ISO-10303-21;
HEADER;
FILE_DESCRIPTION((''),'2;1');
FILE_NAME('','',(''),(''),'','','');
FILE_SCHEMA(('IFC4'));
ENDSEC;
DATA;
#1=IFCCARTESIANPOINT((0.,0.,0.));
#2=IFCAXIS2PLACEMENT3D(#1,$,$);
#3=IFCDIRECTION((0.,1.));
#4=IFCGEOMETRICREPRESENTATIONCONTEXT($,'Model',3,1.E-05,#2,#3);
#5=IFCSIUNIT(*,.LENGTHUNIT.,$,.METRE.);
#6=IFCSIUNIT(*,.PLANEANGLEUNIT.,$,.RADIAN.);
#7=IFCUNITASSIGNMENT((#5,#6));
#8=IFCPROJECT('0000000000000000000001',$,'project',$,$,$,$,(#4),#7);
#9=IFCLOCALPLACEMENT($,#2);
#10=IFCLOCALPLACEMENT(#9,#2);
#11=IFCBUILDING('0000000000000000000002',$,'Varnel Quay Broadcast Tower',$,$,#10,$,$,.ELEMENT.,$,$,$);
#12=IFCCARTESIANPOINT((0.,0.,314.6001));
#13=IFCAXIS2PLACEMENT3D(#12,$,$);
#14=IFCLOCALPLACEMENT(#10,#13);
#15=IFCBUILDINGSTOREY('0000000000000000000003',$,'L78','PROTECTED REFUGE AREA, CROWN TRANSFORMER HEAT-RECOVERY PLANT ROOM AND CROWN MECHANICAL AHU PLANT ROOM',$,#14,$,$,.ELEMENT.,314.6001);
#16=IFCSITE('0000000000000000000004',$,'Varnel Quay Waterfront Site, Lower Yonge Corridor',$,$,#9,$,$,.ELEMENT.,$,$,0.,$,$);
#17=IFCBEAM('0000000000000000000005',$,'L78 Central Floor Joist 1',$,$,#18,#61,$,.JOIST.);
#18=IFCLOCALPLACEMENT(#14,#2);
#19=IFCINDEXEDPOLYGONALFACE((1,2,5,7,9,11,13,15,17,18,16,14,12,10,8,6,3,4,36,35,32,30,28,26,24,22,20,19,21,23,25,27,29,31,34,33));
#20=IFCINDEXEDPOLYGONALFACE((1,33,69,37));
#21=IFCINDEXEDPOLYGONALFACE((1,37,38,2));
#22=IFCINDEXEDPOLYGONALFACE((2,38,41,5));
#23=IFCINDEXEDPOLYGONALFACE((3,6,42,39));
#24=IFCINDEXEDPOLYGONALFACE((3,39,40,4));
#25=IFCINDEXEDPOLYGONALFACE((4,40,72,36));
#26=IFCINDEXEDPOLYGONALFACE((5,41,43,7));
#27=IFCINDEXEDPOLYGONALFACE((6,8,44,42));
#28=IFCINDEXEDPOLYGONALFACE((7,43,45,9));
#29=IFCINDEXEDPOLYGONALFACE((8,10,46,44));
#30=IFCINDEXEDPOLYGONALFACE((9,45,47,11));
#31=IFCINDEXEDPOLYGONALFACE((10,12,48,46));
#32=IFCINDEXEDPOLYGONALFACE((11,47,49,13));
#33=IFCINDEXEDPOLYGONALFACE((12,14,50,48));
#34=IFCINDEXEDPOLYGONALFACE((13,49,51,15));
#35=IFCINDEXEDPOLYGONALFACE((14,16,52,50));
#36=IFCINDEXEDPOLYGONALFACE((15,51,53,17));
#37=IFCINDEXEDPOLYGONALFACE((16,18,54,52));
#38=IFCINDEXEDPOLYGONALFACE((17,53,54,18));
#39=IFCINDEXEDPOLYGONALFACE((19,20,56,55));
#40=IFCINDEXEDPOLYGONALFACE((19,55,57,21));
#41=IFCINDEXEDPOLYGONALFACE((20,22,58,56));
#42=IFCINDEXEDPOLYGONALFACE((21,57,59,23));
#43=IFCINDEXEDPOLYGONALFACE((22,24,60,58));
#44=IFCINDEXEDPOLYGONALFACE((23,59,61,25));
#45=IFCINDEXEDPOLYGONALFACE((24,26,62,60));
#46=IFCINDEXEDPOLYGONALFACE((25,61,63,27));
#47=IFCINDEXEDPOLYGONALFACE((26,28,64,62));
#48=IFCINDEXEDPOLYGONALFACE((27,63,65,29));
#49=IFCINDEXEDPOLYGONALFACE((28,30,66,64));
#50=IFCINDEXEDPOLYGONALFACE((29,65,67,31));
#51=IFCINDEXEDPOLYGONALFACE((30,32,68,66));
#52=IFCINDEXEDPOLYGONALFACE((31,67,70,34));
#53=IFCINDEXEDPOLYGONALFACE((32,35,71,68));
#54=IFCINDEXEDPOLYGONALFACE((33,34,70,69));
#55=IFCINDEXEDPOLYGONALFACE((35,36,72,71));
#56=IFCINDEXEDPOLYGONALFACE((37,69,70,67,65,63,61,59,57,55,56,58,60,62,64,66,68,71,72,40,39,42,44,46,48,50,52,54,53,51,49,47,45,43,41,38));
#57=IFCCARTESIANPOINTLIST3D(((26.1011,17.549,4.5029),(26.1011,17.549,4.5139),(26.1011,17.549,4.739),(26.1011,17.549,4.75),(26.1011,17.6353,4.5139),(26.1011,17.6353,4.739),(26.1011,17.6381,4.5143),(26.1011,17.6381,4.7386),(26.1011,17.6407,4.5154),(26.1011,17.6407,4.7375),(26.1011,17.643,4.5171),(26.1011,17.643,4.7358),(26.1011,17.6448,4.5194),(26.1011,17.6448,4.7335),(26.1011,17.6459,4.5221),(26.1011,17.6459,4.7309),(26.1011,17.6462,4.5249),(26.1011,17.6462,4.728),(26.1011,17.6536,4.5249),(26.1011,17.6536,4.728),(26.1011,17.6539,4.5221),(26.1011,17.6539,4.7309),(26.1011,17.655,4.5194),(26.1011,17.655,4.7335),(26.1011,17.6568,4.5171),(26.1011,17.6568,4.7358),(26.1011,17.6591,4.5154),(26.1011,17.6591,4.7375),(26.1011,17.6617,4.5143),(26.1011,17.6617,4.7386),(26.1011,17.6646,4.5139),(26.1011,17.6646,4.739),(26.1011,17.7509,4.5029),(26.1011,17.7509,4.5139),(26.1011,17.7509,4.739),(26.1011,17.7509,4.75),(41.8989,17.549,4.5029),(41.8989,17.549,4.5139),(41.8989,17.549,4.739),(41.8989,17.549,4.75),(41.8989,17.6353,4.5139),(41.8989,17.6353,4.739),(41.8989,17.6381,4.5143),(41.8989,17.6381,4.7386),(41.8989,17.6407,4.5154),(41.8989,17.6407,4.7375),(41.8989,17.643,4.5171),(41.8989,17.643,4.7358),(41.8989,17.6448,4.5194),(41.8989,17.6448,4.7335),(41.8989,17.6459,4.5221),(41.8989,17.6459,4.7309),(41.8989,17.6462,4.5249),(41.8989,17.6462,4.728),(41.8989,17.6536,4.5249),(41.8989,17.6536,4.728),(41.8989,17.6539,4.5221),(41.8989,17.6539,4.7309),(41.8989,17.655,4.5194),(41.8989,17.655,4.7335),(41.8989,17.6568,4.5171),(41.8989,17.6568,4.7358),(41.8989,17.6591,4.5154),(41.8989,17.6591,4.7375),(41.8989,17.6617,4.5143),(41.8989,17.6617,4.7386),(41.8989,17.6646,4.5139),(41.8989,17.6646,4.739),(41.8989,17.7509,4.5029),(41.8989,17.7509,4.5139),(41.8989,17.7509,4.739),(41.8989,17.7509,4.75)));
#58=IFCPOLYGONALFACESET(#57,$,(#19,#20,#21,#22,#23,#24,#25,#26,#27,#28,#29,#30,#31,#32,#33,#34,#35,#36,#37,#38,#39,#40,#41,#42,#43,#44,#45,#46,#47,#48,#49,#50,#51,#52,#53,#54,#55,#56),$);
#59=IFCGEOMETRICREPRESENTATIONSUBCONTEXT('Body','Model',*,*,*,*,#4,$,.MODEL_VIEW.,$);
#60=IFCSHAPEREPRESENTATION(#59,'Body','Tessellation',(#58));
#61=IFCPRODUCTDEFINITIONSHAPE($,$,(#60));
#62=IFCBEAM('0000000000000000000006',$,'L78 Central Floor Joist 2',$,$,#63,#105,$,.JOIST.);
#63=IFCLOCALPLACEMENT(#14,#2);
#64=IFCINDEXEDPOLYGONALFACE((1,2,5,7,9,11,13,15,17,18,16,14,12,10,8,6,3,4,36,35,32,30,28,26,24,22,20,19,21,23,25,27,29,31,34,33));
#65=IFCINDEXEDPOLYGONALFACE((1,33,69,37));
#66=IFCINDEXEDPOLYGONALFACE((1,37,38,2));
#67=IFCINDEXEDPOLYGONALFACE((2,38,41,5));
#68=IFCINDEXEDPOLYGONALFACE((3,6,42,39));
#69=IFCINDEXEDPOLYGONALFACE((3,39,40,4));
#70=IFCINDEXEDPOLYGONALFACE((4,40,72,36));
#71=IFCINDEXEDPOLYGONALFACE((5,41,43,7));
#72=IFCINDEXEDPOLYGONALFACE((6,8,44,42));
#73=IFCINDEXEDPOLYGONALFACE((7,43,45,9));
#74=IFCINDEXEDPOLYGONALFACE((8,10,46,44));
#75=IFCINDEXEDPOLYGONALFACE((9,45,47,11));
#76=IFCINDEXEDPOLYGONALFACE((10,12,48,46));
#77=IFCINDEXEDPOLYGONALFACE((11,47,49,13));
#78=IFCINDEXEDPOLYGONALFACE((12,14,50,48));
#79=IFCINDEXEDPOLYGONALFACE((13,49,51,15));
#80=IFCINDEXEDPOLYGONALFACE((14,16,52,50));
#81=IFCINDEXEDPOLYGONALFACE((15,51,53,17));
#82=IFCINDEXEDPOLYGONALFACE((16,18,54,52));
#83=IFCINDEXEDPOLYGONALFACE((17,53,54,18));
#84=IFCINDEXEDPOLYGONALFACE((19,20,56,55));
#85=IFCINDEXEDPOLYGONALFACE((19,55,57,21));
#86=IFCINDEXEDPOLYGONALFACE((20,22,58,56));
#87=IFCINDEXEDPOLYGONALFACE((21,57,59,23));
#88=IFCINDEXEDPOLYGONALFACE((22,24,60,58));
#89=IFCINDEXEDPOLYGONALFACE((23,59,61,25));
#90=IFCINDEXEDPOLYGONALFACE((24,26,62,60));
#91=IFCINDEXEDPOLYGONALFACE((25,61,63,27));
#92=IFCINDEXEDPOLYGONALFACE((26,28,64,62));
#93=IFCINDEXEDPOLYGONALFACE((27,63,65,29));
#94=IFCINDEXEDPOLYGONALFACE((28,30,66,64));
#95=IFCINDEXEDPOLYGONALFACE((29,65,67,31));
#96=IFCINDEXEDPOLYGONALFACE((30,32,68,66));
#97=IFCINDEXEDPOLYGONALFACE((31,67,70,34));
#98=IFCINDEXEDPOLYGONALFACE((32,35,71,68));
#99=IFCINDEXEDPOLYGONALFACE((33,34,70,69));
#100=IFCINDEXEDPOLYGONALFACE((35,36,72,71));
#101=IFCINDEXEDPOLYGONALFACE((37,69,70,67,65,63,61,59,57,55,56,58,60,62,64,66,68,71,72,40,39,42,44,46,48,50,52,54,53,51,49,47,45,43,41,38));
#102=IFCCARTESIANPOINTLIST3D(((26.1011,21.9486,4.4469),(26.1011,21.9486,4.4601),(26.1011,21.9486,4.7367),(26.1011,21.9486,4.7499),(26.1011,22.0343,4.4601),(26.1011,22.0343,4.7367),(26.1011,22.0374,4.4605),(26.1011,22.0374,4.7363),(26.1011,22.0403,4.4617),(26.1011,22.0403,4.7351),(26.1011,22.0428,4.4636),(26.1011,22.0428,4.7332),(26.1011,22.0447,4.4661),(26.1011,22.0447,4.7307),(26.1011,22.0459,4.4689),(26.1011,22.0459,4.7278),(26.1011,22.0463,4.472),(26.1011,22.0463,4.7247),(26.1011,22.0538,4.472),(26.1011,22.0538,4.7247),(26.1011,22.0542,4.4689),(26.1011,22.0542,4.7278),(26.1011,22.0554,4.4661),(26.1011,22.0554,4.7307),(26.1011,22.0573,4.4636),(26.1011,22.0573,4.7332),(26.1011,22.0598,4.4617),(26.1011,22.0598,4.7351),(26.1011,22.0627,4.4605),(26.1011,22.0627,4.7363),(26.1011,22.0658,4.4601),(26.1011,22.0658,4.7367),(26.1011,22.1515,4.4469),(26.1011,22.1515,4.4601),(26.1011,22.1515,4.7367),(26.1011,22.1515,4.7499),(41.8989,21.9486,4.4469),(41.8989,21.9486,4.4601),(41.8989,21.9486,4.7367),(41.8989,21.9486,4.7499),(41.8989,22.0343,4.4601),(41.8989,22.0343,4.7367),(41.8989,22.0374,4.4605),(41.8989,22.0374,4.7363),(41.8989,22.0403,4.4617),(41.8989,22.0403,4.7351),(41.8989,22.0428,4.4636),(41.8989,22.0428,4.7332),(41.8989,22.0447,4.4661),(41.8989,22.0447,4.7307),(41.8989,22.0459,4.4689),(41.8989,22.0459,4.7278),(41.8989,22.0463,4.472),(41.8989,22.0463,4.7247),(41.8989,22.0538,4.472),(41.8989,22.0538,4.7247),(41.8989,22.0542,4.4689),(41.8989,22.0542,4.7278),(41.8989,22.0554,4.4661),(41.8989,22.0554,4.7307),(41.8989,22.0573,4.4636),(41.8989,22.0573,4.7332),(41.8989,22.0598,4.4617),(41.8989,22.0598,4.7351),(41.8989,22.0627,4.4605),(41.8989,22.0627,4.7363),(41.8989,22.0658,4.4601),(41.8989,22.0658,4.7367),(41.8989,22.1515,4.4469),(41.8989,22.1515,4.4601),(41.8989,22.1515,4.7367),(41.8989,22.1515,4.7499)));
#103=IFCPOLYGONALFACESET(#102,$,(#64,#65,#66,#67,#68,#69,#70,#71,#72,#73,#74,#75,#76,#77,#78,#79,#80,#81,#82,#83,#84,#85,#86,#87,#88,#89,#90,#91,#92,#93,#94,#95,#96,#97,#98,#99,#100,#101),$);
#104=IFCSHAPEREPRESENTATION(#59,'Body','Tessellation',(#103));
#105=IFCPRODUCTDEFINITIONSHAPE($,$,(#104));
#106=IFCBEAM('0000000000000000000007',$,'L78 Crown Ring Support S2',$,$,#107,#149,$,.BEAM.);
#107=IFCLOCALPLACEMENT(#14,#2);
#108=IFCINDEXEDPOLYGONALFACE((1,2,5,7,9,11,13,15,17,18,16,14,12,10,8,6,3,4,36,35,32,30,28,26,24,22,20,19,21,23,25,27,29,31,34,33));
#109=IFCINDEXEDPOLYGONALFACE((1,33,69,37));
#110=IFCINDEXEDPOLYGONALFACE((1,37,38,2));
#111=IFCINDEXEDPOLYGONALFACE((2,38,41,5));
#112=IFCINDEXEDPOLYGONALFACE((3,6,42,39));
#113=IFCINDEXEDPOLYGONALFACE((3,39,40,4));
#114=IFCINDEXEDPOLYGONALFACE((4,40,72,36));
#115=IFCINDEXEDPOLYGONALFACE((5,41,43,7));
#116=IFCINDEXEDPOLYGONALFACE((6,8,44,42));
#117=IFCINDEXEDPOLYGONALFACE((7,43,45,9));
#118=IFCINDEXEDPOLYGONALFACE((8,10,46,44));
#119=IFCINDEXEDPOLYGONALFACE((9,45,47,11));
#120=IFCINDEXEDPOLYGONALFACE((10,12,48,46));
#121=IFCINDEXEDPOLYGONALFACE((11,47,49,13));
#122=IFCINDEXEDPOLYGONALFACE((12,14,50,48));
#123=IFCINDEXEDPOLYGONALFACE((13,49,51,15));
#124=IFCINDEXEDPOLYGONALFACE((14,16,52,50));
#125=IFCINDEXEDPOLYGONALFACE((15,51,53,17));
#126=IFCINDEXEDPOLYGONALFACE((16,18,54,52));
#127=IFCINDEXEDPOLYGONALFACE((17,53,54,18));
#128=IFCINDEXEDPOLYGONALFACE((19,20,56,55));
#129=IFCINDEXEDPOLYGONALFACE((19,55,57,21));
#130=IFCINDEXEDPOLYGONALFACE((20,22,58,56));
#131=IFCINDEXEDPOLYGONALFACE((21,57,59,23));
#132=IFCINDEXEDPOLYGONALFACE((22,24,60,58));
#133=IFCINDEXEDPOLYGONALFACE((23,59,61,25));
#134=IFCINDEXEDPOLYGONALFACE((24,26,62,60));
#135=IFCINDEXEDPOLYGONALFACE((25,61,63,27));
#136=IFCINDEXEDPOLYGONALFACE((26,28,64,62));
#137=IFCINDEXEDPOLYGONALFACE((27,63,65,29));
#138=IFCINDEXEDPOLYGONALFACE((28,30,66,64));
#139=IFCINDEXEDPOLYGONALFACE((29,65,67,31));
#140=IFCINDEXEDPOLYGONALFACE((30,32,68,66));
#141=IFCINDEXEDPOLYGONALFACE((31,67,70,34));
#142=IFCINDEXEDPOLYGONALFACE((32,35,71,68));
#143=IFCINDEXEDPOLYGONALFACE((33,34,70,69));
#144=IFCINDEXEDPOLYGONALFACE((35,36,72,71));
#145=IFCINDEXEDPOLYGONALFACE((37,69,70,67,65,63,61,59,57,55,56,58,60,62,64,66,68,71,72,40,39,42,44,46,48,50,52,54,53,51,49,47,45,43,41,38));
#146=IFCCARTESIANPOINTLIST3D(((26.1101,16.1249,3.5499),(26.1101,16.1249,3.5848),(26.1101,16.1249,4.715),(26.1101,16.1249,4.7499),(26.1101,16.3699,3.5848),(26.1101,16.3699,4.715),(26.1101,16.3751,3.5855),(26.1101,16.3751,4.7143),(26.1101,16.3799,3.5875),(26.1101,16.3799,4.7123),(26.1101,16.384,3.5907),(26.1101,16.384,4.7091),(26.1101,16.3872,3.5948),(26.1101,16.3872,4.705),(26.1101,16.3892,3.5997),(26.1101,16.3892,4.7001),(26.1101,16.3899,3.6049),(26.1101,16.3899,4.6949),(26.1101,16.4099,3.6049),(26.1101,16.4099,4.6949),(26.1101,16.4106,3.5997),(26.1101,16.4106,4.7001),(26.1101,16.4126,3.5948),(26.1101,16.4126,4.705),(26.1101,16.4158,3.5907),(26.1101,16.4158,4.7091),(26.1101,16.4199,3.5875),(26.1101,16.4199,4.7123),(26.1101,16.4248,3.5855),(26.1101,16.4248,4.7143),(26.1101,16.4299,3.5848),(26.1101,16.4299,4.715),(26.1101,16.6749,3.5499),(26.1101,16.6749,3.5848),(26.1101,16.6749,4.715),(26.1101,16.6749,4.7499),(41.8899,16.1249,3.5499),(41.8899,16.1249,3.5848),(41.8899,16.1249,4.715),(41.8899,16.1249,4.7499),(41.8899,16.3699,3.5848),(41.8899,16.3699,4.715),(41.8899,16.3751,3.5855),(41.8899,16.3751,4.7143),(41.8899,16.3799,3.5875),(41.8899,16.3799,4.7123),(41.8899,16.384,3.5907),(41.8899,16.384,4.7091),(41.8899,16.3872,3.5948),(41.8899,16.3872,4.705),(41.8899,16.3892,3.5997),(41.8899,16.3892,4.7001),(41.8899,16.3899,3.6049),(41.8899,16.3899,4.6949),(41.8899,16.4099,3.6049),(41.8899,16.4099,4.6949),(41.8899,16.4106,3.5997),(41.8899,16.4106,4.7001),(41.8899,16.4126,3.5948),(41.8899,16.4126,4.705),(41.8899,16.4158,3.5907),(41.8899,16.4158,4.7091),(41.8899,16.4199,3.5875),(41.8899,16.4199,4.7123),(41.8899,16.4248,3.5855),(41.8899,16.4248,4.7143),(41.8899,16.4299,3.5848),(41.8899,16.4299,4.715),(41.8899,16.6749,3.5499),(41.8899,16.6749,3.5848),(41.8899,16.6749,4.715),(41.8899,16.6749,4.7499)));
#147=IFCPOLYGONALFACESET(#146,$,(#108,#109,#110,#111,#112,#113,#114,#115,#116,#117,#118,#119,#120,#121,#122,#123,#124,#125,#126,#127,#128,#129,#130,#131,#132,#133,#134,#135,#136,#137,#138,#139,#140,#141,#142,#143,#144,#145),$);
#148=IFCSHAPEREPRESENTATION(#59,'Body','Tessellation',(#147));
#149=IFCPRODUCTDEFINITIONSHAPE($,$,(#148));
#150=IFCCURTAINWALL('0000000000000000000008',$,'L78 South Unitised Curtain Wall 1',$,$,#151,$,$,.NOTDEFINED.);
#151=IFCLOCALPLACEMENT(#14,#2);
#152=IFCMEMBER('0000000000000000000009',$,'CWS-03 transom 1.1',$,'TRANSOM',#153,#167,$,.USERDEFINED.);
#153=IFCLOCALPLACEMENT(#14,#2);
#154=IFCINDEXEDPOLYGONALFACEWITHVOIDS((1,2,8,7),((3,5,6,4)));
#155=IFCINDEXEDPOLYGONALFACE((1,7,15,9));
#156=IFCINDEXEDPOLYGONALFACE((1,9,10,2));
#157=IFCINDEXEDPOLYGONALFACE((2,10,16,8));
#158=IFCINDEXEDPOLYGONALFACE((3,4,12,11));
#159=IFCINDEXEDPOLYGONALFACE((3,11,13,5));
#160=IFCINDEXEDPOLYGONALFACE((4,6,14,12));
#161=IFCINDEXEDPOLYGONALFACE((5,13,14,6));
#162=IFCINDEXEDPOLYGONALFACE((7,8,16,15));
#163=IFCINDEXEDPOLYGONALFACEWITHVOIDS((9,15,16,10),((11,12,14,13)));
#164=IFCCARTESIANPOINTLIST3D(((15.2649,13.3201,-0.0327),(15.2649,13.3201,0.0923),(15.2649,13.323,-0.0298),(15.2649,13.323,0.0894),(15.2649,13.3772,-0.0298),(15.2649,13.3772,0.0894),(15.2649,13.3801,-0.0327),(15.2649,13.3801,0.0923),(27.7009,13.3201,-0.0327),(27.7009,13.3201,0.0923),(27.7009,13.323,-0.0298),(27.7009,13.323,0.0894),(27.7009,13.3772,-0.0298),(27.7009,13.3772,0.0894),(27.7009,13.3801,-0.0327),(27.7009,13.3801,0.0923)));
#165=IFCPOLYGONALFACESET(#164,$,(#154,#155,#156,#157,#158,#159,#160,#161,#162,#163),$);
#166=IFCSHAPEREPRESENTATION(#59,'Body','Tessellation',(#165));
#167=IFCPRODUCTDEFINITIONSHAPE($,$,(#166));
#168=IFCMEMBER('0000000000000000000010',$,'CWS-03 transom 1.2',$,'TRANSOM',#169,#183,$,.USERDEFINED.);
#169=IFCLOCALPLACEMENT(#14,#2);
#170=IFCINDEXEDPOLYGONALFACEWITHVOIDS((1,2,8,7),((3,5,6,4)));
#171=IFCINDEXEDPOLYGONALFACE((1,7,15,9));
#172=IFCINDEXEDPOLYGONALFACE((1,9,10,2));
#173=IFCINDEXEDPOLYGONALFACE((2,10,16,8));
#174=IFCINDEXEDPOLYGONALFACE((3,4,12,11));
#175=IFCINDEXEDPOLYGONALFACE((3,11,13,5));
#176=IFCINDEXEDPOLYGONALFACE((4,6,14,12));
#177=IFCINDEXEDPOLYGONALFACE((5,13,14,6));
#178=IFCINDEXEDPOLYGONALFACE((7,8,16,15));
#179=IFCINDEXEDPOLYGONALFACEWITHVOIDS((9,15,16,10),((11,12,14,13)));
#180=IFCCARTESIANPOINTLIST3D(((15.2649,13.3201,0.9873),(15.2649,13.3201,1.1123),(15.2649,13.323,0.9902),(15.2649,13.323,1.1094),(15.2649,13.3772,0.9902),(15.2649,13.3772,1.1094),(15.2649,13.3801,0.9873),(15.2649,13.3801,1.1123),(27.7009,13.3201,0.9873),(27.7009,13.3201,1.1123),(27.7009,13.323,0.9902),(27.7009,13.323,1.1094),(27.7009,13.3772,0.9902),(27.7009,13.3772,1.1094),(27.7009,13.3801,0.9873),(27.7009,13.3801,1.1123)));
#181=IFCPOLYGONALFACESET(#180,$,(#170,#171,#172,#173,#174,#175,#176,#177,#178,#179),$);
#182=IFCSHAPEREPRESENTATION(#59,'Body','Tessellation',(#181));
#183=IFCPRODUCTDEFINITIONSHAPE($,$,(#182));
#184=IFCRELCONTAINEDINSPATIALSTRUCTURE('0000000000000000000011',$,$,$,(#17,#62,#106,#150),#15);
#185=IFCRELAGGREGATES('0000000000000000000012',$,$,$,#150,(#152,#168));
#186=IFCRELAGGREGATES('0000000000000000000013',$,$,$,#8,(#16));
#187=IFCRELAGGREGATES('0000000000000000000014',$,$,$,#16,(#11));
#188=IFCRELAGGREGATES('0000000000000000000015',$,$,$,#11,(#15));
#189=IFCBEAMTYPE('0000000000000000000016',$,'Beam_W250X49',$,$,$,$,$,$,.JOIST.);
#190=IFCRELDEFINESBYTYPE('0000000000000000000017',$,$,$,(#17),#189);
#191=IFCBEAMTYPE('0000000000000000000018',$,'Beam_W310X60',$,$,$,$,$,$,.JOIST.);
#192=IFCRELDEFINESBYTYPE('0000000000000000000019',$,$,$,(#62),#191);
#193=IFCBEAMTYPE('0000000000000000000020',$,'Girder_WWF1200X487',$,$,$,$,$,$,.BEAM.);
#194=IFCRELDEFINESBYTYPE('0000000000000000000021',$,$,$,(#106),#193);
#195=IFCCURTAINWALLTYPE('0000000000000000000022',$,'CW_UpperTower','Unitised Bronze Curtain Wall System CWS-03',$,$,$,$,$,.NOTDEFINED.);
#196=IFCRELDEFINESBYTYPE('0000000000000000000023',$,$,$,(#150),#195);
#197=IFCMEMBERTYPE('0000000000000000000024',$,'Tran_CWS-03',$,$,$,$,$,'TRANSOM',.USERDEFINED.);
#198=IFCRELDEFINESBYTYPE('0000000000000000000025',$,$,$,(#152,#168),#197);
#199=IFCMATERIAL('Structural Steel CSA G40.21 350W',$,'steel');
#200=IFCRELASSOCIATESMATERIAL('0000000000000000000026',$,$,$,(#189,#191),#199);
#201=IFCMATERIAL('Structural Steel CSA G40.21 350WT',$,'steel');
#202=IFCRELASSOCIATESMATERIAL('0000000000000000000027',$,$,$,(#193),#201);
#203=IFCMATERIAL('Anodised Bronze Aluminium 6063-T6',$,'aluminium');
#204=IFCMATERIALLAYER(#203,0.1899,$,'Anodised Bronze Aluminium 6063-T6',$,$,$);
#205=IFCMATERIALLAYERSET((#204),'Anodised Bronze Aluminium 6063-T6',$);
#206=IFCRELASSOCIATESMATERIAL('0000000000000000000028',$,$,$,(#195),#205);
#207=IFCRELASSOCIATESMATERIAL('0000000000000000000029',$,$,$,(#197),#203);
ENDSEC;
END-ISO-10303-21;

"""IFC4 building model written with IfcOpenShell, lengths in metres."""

from ifc_helpers import new_model, si_unit, direction, frame, origin, origin_2d, place, context, subcontext, project, spatial, hollow_rectangle, i_section, extrude, source, transform, mapped, material, layer, layer_set, material_profile, profile_set, type_object, type_shapes, element, aggregate, save


model = new_model("IFC4")

# Units and contexts
model_context = context("Model", 3, precision=1e-05, world=origin(), true_north=direction((0.0, 1.0)))
body_context = subcontext(model_context, "Body", "Model", "MODEL_VIEW")
ifc_project = project(units=[si_unit("LENGTHUNIT", "METRE"), si_unit("PLANEANGLEUNIT", "RADIAN")], contexts=[model_context])

# Site, building, storey
site_placement = place(None, origin())
site = spatial("IfcSite", under=ifc_project, at=site_placement, Name="Varnel Quay Waterfront Site, Lower Yonge Corridor", CompositionType="ELEMENT", RefElevation=0.0)
building_placement = place(site_placement, origin())
building = spatial("IfcBuilding", under=site, at=building_placement, Name="Varnel Quay Broadcast Tower", CompositionType="ELEMENT")
storey_placement = place(building_placement, frame((0.0, 0.0, 314.6001)))
storey = spatial("IfcBuildingStorey", under=building, at=storey_placement, Name="L78", Description="PROTECTED REFUGE AREA, CROWN TRANSFORMER HEAT-RECOVERY PLANT ROOM AND CROWN MECHANICAL AHU PLANT ROOM", CompositionType="ELEMENT", Elevation=314.6001)

# Shared definitions
ifc_material_1 = material(Name="Structural Steel CSA G40.21 350W", Category="steel")

# Beams
ifc_material_profile_1 = material_profile(ifc_material_1, i_section(OverallWidth=0.2019, OverallDepth=0.2471, WebThickness=0.0073, FlangeThickness=0.011, FilletRadius=0.011, at=origin_2d()), Name="W250X49")
ifc_profile_set_1 = profile_set([ifc_material_profile_1], Name="Structural Steel CSA G40.21 350W")
beam_type_1 = type_object("IfcBeamType", Name="Beam_W250X49", PredefinedType="JOIST", material=ifc_profile_set_1)
shared_shape_1 = source(origin(), body_context, "Body", "SweptSolid", [
    extrude(i_section(OverallWidth=0.2019, OverallDepth=0.2471, WebThickness=0.0073, FlangeThickness=0.011, FilletRadius=0.011, at=origin_2d()), origin(), (0.0, 0.0, 1.0), 15.7979),
])
type_shapes(beam_type_1, [shared_shape_1])
beam_1_placement = place(storey_placement, frame((26.1011, 17.6499, 4.6265), z_axis=(1.0, 0.0, 0.0), x_axis=(0.0, 1.0, 0.0)))
element("IfcBeam", 1, at=beam_1_placement, inside=storey, type_object=beam_type_1, Name="L78 Central Floor Joist 1", PredefinedType="JOIST", context=body_context, shape_type="MappedRepresentation", body=[
    mapped(shared_shape_1, transform((0.0, 0.0, 0.0), x_axis=(1.0, 0.0, 0.0), y_axis=(0.0, 1.0, 0.0), z_axis=(0.0, 0.0, 1.0), scale=1.0)),
])
ifc_material_profile_2 = material_profile(ifc_material_1, i_section(OverallWidth=0.2029, OverallDepth=0.303, WebThickness=0.0076, FlangeThickness=0.0132, FilletRadius=0.012, at=origin_2d()), Name="W310X60")
ifc_profile_set_2 = profile_set([ifc_material_profile_2], Name="Structural Steel CSA G40.21 350W")
beam_type_2 = type_object("IfcBeamType", Name="Beam_W310X60", PredefinedType="JOIST", material=ifc_profile_set_2)
shared_shape_2 = source(origin(), body_context, "Body", "SweptSolid", [
    extrude(i_section(OverallWidth=0.2029, OverallDepth=0.303, WebThickness=0.0076, FlangeThickness=0.0132, FilletRadius=0.012, at=origin_2d()), origin(), (0.0, 0.0, 1.0), 15.7979),
])
type_shapes(beam_type_2, [shared_shape_2])
beam_2_placement = place(storey_placement, frame((26.1011, 22.05, 4.5984), z_axis=(1.0, 0.0, 0.0), x_axis=(0.0, 1.0, 0.0)))
element("IfcBeam", 2, at=beam_2_placement, inside=storey, type_object=beam_type_2, Name="L78 Central Floor Joist 2", PredefinedType="JOIST", context=body_context, shape_type="MappedRepresentation", body=[
    mapped(shared_shape_2, transform((0.0, 0.0, 0.0), x_axis=(1.0, 0.0, 0.0), y_axis=(0.0, 1.0, 0.0), z_axis=(0.0, 0.0, 1.0), scale=1.0)),
])
ifc_material_2 = material(Name="Structural Steel CSA G40.21 350WT", Category="steel")
ifc_material_profile_3 = material_profile(ifc_material_2, i_section(OverallWidth=0.55, OverallDepth=1.2, WebThickness=0.02, FlangeThickness=0.0349, FilletRadius=0.02, at=origin_2d()), Name="WWF1200X487")
ifc_profile_set_3 = profile_set([ifc_material_profile_3], Name="Structural Steel CSA G40.21 350WT")
beam_type_3 = type_object("IfcBeamType", Name="Girder_WWF1200X487", PredefinedType="BEAM", material=ifc_profile_set_3)
shared_shape_3 = source(origin(), body_context, "Body", "SweptSolid", [
    extrude(i_section(OverallWidth=0.55, OverallDepth=1.2, WebThickness=0.02, FlangeThickness=0.0349, FilletRadius=0.02, at=origin_2d()), origin(), (0.0, 0.0, 1.0), 15.7798),
])
type_shapes(beam_type_3, [shared_shape_3])
beam_3_placement = place(storey_placement, frame((26.1101, 16.3999, 4.1499), z_axis=(1.0, 0.0, 0.0), x_axis=(0.0, 1.0, 0.0)))
element("IfcBeam", 3, at=beam_3_placement, inside=storey, type_object=beam_type_3, Name="L78 Crown Ring Support S2", PredefinedType="BEAM", context=body_context, shape_type="MappedRepresentation", body=[
    mapped(shared_shape_3, transform((0.0, 0.0, 0.0), x_axis=(1.0, 0.0, 0.0), y_axis=(0.0, 1.0, 0.0), z_axis=(0.0, 0.0, 1.0), scale=1.0)),
])

# Curtain wall, members
ifc_material_3 = material(Name="Anodised Bronze Aluminium 6063-T6", Category="aluminium")
ifc_layer_1 = layer(ifc_material_3, 0.1899, Name="Anodised Bronze Aluminium 6063-T6")
ifc_layer_set_1 = layer_set([ifc_layer_1], Name="Anodised Bronze Aluminium 6063-T6")
curtain_wall_type_1 = type_object("IfcCurtainWallType", Name="CW_UpperTower", Description="Unitised Bronze Curtain Wall System CWS-03", PredefinedType="NOTDEFINED", material=ifc_layer_set_1)
curtain_wall_1_placement = place(storey_placement, origin())
curtain_wall_1 = element("IfcCurtainWall", 4, at=curtain_wall_1_placement, inside=storey, type_object=curtain_wall_type_1, Name="L78 South Unitised Curtain Wall 1", PredefinedType="NOTDEFINED")
ifc_material_profile_4 = material_profile(ifc_material_3, hollow_rectangle(XDim=0.0601, YDim=0.125, WallThickness=0.0029, at=origin_2d()), Name="ALU60X125X3")
ifc_profile_set_4 = profile_set([ifc_material_profile_4], Name="Anodised Bronze Aluminium 6063-T6")
member_type_1 = type_object("IfcMemberType", Name="Tran_CWS-03", ElementType="TRANSOM", PredefinedType="USERDEFINED", material=ifc_profile_set_4)
shared_shape_4 = source(origin(), body_context, "Body", "SweptSolid", [
    extrude(hollow_rectangle(XDim=0.0601, YDim=0.125, WallThickness=0.0029, at=origin_2d()), origin(), (0.0, 0.0, 1.0), 12.436),
])
member_1_placement = place(storey_placement, frame((15.2649, 13.3501, 0.0298), z_axis=(1.0, 0.0, 0.0), x_axis=(0.0, 1.0, 0.0)))
member_1 = element("IfcMember", 5, at=member_1_placement, type_object=member_type_1, Name="CWS-03 transom 1.1", ObjectType="TRANSOM", PredefinedType="USERDEFINED", context=body_context, shape_type="MappedRepresentation", body=[
    mapped(shared_shape_4, transform((0.0, 0.0, 0.0), x_axis=(1.0, 0.0, 0.0), y_axis=(0.0, 1.0, 0.0), z_axis=(0.0, 0.0, 1.0), scale=1.0)),
])
member_2_placement = place(storey_placement, frame((15.2649, 13.3501, 1.0498), z_axis=(1.0, 0.0, 0.0), x_axis=(0.0, 1.0, 0.0)))
member_2 = element("IfcMember", 6, at=member_2_placement, type_object=member_type_1, Name="CWS-03 transom 1.2", ObjectType="TRANSOM", PredefinedType="USERDEFINED", context=body_context, shape_type="MappedRepresentation", body=[
    mapped(shared_shape_4, transform((0.0, 0.0, 0.0), x_axis=(1.0, 0.0, 0.0), y_axis=(0.0, 1.0, 0.0), z_axis=(0.0, 0.0, 1.0), scale=1.0)),
])

aggregate(curtain_wall_1, [member_1, member_2])

save(model, "model.ifc")
